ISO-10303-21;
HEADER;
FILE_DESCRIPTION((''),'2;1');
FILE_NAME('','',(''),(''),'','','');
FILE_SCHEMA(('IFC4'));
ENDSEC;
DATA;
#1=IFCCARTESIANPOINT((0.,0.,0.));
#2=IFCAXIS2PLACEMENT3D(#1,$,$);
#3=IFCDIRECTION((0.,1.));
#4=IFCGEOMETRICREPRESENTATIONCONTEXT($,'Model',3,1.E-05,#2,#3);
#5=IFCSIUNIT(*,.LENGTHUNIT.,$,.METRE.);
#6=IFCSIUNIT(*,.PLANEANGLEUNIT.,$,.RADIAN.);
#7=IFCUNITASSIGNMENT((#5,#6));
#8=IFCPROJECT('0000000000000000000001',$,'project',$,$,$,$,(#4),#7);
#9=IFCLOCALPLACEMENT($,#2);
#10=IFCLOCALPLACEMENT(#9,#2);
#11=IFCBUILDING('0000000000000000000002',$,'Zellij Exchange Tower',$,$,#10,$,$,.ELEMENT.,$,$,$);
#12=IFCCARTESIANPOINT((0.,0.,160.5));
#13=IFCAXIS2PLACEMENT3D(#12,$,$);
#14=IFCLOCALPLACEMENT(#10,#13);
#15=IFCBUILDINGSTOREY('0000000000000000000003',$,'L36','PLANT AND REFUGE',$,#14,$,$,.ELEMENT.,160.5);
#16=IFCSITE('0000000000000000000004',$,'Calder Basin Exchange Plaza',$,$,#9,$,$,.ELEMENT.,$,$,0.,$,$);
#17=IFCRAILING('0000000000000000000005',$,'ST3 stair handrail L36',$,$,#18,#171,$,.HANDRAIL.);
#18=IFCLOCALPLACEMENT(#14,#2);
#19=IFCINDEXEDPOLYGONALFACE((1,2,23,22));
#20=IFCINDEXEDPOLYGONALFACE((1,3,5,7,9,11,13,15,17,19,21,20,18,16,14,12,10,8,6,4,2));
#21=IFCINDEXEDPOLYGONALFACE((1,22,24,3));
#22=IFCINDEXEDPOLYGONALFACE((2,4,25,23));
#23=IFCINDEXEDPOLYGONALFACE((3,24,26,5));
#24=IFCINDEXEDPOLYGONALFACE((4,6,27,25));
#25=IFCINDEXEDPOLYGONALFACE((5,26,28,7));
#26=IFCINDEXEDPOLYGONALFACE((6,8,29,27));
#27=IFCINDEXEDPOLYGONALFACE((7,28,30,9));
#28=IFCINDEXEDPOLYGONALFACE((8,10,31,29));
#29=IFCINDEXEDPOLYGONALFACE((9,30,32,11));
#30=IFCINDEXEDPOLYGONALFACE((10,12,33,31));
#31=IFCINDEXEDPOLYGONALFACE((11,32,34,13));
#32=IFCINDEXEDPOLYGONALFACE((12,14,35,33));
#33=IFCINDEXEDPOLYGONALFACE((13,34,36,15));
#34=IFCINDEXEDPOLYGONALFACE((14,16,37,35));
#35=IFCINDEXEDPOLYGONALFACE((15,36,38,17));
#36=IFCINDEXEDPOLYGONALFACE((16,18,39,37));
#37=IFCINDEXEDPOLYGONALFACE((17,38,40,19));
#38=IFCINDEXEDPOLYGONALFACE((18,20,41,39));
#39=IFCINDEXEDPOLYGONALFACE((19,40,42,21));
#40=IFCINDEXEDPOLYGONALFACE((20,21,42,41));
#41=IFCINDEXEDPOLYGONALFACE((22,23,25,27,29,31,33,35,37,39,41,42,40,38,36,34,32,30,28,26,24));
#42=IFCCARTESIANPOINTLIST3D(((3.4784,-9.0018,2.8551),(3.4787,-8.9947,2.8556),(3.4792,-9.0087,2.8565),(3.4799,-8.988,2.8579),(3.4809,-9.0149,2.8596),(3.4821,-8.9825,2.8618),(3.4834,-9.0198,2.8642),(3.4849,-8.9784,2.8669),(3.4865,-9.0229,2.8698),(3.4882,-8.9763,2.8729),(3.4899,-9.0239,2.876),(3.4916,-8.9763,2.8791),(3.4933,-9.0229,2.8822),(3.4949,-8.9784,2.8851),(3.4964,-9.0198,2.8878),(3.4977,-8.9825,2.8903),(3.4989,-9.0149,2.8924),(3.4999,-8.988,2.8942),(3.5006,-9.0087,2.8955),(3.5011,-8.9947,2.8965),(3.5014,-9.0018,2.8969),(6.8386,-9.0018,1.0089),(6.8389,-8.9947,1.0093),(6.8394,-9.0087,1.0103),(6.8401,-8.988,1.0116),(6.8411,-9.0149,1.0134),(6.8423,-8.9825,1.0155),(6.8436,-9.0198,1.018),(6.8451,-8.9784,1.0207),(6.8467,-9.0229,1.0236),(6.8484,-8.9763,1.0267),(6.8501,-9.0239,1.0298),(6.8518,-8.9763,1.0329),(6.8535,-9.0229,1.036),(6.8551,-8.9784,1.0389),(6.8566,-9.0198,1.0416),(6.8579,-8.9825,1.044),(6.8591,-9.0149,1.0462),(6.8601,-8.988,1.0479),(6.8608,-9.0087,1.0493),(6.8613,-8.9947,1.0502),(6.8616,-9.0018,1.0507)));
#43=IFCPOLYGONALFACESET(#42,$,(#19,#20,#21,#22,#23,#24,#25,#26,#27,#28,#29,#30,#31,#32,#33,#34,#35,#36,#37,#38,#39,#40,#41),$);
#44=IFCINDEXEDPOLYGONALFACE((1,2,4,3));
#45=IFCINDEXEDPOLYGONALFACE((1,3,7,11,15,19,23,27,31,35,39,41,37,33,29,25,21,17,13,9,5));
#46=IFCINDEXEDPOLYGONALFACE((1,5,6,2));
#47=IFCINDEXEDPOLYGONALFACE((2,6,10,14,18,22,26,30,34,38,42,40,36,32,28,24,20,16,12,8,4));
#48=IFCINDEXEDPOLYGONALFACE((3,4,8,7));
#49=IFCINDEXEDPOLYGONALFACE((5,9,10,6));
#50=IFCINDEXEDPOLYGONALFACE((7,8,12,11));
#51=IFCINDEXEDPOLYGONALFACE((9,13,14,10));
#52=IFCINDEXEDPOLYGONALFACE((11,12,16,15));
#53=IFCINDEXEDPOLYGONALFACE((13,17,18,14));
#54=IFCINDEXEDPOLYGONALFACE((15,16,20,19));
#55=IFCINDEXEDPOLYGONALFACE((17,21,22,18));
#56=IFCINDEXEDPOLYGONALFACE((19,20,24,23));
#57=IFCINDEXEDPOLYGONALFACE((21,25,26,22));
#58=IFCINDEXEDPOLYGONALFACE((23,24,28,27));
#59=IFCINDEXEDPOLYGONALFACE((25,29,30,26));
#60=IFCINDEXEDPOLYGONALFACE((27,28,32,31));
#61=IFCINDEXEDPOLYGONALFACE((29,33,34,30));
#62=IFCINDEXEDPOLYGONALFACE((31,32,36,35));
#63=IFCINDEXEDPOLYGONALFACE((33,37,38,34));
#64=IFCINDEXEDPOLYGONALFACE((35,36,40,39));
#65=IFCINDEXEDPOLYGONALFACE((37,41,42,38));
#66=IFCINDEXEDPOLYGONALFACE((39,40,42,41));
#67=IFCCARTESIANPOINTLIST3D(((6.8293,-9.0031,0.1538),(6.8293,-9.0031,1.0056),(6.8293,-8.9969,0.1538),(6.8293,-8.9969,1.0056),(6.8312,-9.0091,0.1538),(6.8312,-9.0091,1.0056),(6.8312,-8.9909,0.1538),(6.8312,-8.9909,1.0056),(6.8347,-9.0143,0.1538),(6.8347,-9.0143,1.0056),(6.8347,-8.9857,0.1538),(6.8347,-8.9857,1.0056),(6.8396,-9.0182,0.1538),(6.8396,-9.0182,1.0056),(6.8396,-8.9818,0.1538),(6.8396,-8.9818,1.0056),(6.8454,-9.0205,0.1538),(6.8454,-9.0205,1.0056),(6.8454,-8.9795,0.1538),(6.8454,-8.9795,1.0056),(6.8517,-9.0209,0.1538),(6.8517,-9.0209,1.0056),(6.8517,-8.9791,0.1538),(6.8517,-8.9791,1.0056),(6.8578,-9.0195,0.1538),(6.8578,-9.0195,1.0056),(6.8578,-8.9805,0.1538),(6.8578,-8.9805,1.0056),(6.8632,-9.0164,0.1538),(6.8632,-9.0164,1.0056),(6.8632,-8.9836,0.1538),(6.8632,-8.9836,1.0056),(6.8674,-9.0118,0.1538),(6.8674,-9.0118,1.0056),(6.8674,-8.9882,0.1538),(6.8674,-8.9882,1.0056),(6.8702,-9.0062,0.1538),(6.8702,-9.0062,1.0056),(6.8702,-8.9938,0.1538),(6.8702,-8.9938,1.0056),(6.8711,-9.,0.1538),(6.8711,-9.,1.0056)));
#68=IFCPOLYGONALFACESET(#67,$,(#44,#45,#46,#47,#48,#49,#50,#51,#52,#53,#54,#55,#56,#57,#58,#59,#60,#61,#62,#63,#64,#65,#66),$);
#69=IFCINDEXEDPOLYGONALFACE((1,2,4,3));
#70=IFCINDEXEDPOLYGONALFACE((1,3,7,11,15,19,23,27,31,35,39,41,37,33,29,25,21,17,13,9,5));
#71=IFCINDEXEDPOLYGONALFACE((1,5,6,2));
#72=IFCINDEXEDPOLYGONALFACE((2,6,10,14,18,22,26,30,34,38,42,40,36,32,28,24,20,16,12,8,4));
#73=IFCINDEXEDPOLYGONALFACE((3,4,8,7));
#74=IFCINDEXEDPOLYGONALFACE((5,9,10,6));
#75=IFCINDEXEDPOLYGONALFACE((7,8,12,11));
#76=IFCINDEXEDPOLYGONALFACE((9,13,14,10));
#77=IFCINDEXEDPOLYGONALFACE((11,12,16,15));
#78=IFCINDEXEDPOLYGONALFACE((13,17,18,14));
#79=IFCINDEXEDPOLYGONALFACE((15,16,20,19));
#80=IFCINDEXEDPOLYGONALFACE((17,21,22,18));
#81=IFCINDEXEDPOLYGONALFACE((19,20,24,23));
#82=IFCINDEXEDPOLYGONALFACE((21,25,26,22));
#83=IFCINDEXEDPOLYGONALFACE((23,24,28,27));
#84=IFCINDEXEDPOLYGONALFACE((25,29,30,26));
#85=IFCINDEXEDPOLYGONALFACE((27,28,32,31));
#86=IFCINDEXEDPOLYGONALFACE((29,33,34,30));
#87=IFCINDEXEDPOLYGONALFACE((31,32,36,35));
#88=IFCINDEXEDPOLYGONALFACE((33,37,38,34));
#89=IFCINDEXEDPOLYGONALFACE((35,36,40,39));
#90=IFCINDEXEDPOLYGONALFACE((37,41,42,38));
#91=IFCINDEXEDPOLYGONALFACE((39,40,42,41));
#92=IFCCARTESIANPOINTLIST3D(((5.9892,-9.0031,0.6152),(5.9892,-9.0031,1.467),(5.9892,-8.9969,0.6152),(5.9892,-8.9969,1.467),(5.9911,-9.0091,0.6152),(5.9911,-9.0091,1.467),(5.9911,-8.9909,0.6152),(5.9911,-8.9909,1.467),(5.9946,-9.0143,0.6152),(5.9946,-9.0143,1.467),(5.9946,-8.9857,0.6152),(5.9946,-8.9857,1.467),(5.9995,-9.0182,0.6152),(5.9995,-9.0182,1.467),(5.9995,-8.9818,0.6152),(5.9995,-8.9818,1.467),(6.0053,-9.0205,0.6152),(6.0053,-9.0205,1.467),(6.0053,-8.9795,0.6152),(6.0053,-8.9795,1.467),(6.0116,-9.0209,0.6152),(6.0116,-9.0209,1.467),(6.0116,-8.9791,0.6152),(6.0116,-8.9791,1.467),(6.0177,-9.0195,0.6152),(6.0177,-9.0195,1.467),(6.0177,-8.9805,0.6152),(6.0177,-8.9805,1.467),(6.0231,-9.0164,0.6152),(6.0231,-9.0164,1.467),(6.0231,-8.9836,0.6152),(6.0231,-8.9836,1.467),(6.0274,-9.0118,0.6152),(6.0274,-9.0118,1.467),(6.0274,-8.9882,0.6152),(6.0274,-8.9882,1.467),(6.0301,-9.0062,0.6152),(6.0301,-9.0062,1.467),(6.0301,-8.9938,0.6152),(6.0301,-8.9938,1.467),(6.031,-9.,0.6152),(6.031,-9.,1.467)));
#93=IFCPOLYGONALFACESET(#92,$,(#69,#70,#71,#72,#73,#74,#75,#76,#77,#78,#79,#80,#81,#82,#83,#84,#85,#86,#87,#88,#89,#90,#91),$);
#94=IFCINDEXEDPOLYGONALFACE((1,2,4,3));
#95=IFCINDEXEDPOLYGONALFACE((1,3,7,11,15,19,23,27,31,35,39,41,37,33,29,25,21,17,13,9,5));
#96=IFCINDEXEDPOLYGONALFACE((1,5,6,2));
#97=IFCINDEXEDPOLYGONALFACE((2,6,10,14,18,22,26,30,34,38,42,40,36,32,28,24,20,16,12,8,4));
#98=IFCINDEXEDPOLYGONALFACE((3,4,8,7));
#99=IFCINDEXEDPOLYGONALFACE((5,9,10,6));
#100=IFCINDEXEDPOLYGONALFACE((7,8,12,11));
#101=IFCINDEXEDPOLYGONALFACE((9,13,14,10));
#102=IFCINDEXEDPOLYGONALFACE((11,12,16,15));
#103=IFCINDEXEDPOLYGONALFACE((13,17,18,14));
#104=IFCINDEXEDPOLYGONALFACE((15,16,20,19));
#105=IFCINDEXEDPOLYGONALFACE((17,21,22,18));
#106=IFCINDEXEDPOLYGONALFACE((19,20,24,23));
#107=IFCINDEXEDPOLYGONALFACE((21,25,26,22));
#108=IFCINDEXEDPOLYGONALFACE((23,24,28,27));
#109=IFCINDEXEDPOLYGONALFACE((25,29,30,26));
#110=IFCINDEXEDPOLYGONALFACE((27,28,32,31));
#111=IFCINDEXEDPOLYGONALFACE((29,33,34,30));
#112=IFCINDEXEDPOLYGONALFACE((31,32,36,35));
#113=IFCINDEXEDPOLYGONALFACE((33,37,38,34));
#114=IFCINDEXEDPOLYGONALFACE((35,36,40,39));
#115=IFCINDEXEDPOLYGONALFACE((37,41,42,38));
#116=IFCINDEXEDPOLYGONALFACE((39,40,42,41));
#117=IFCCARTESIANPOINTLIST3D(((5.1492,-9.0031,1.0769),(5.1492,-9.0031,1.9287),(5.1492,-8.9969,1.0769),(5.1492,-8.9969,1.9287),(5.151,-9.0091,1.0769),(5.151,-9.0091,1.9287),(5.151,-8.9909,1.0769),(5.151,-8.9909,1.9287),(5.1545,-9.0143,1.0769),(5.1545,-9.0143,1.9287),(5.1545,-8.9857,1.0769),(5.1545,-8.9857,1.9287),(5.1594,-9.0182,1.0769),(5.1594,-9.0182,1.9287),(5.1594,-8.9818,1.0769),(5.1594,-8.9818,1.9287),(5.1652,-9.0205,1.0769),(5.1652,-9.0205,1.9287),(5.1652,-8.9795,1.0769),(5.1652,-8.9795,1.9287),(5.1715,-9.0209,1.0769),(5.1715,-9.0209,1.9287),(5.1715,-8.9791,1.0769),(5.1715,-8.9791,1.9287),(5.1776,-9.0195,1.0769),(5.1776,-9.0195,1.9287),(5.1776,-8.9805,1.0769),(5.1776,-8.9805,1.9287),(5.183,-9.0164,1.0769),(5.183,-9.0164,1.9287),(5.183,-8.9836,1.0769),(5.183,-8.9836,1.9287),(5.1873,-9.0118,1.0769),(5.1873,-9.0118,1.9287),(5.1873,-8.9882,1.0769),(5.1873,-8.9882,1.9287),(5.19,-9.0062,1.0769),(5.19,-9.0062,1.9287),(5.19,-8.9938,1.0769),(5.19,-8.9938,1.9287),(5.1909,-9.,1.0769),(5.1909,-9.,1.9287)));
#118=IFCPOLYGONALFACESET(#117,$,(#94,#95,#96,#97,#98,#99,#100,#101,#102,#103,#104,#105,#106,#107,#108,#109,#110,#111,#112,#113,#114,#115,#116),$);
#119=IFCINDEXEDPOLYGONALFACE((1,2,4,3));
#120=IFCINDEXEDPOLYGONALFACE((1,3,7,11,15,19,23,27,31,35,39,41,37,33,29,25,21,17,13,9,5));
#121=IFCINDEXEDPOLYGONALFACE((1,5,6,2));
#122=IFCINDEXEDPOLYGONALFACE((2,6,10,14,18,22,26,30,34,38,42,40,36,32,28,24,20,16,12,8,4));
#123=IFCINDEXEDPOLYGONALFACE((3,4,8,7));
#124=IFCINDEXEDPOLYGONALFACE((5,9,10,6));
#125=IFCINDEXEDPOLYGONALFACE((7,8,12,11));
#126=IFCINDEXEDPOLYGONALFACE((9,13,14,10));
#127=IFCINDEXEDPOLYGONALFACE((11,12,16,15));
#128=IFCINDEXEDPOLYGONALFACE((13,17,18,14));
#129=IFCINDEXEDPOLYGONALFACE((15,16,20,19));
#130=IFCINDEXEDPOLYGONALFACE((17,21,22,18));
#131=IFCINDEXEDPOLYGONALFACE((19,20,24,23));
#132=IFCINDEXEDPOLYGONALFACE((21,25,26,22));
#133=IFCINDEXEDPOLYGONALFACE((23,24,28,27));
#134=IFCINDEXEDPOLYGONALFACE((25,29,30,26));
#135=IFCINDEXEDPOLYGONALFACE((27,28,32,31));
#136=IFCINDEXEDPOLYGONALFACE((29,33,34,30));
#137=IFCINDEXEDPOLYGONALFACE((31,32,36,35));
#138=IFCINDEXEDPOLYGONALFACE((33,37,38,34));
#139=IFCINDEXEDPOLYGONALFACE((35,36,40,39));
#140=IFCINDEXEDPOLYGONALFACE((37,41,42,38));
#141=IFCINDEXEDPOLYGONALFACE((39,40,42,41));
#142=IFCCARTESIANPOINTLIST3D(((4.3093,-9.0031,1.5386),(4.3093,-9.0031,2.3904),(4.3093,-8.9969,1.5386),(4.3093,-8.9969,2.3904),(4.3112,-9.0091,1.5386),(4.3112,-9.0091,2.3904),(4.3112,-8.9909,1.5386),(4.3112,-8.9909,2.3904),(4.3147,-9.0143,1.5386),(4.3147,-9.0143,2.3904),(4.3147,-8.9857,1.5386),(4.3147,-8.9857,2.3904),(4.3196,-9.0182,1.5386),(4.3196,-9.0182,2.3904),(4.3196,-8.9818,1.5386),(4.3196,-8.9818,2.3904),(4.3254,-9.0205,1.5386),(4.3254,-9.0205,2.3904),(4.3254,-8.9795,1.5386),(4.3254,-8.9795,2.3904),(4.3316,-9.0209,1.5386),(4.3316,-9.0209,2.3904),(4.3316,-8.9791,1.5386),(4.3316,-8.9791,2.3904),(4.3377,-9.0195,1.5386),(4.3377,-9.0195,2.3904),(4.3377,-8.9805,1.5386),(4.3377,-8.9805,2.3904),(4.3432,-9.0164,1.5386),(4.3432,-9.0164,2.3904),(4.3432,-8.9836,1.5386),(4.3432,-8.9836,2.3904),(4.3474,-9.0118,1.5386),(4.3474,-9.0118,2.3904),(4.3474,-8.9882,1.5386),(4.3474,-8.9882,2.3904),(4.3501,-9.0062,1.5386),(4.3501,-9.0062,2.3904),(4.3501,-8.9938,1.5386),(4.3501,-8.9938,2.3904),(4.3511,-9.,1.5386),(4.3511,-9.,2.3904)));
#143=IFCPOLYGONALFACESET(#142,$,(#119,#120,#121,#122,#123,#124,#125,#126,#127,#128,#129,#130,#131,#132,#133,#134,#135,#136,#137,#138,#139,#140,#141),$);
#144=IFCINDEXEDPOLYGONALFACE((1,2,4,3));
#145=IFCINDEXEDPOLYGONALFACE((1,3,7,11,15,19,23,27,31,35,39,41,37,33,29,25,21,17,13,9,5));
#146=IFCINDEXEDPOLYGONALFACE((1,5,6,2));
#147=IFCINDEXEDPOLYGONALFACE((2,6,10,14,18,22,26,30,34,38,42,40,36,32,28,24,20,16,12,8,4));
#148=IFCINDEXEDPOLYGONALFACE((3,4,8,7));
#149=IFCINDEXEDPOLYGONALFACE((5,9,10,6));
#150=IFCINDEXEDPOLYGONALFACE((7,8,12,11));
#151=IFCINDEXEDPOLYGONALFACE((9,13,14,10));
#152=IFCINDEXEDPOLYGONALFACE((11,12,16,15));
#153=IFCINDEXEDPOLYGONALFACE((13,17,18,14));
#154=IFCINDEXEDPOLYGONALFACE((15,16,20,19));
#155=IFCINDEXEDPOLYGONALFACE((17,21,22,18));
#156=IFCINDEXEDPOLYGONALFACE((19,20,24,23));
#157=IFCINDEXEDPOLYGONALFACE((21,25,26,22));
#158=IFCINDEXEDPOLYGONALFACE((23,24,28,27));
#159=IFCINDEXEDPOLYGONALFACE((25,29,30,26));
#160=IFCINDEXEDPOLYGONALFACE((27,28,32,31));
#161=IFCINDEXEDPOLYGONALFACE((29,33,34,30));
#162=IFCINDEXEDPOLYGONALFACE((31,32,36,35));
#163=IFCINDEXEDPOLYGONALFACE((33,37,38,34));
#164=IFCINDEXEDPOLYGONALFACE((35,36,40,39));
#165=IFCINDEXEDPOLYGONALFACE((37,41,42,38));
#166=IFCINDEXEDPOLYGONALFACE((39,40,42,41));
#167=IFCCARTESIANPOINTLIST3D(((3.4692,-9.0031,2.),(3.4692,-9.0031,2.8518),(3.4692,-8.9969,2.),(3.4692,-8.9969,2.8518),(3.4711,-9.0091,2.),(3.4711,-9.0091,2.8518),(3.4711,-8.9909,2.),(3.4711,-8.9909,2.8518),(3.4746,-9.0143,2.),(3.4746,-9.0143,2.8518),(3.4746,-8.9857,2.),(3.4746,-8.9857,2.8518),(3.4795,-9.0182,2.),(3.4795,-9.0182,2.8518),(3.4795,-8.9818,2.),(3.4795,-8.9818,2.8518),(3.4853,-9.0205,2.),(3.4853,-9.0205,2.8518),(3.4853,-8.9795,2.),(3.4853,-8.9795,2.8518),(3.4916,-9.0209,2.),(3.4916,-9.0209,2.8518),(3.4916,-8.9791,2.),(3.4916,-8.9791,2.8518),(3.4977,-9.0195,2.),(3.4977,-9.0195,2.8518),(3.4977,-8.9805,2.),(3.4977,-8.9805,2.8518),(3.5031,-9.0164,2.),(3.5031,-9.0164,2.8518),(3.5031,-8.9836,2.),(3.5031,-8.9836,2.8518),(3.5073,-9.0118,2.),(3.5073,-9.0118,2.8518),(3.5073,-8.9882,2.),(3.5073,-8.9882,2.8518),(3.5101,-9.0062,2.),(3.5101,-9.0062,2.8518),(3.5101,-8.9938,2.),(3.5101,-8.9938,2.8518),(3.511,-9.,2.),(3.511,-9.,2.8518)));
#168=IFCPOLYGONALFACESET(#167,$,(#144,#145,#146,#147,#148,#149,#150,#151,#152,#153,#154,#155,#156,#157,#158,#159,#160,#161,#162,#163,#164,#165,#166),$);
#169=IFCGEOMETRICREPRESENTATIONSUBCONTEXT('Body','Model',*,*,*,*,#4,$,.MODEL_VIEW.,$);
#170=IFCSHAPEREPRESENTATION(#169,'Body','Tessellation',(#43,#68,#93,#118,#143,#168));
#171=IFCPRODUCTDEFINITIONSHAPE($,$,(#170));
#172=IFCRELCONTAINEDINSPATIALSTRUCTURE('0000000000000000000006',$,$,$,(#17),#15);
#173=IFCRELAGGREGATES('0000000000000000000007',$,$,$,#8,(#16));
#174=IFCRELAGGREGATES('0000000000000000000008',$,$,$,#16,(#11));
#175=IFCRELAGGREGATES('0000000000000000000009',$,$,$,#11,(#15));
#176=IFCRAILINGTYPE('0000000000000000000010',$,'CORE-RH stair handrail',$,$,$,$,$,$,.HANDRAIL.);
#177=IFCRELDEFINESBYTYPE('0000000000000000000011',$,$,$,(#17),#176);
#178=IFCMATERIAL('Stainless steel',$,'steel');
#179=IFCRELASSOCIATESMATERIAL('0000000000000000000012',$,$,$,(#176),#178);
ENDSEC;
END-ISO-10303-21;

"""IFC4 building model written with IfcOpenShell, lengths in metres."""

from ifc_helpers import new_model, si_unit, direction, frame, origin, origin_2d, place, context, subcontext, project, spatial, circle, extrude, material, type_object, element, save


model = new_model("IFC4")

# Units and contexts
model_context = context("Model", 3, precision=1e-05, world=origin(), true_north=direction((0.0, 1.0)))
body_context = subcontext(model_context, "Body", "Model", "MODEL_VIEW")
ifc_project = project(units=[si_unit("LENGTHUNIT", "METRE"), si_unit("PLANEANGLEUNIT", "RADIAN")], contexts=[model_context])

# Site, building, storey
site_placement = place(None, origin())
site = spatial("IfcSite", under=ifc_project, at=site_placement, Name="Calder Basin Exchange Plaza", CompositionType="ELEMENT", RefElevation=0.0)
building_placement = place(site_placement, origin())
building = spatial("IfcBuilding", under=site, at=building_placement, Name="Zellij Exchange Tower", CompositionType="ELEMENT")
storey_placement = place(building_placement, frame((0.0, 0.0, 160.5)))
storey = spatial("IfcBuildingStorey", under=building, at=storey_placement, Name="L36", Description="PLANT AND REFUGE", CompositionType="ELEMENT", Elevation=160.5)

# Railing
ifc_material_1 = material(Name="Stainless steel", Category="steel")
railing_type_1 = type_object("IfcRailingType", Name="CORE-RH stair handrail", PredefinedType="HANDRAIL", material=ifc_material_1)
railing_1_placement = place(storey_placement, frame((6.8501, -9.0, 0.1538)))
element("IfcRailing", 1, at=railing_1_placement, inside=storey, type_object=railing_type_1, Name="ST3 stair handrail L36", PredefinedType="HANDRAIL", context=body_context, shape_type="SweptSolid", body=[
    extrude(circle(Radius=0.0239, at=origin_2d()), frame((0.0, 0.0, 0.876), z_axis=(-0.876422, 0.0, 0.481545), x_axis=(0.0, -1.0, 0.0)), (0.0, 0.0, 1.0), 3.834),
    extrude(circle(Radius=0.021, at=origin_2d()), origin(), (0.0, 0.0, 1.0), 0.8518),
    extrude(circle(Radius=0.021, at=origin_2d()), frame((-0.8401, 0.0, 0.4614)), (0.0, 0.0, 1.0), 0.8518),
    extrude(circle(Radius=0.021, at=origin_2d()), frame((-1.6802, 0.0, 0.9231)), (0.0, 0.0, 1.0), 0.8518),
    extrude(circle(Radius=0.021, at=origin_2d()), frame((-2.52, 0.0, 1.3848)), (0.0, 0.0, 1.0), 0.8518),
    extrude(circle(Radius=0.021, at=origin_2d()), frame((-3.3601, 0.0, 1.8462)), (0.0, 0.0, 1.0), 0.8518),
])

save(model, "model.ifc")
